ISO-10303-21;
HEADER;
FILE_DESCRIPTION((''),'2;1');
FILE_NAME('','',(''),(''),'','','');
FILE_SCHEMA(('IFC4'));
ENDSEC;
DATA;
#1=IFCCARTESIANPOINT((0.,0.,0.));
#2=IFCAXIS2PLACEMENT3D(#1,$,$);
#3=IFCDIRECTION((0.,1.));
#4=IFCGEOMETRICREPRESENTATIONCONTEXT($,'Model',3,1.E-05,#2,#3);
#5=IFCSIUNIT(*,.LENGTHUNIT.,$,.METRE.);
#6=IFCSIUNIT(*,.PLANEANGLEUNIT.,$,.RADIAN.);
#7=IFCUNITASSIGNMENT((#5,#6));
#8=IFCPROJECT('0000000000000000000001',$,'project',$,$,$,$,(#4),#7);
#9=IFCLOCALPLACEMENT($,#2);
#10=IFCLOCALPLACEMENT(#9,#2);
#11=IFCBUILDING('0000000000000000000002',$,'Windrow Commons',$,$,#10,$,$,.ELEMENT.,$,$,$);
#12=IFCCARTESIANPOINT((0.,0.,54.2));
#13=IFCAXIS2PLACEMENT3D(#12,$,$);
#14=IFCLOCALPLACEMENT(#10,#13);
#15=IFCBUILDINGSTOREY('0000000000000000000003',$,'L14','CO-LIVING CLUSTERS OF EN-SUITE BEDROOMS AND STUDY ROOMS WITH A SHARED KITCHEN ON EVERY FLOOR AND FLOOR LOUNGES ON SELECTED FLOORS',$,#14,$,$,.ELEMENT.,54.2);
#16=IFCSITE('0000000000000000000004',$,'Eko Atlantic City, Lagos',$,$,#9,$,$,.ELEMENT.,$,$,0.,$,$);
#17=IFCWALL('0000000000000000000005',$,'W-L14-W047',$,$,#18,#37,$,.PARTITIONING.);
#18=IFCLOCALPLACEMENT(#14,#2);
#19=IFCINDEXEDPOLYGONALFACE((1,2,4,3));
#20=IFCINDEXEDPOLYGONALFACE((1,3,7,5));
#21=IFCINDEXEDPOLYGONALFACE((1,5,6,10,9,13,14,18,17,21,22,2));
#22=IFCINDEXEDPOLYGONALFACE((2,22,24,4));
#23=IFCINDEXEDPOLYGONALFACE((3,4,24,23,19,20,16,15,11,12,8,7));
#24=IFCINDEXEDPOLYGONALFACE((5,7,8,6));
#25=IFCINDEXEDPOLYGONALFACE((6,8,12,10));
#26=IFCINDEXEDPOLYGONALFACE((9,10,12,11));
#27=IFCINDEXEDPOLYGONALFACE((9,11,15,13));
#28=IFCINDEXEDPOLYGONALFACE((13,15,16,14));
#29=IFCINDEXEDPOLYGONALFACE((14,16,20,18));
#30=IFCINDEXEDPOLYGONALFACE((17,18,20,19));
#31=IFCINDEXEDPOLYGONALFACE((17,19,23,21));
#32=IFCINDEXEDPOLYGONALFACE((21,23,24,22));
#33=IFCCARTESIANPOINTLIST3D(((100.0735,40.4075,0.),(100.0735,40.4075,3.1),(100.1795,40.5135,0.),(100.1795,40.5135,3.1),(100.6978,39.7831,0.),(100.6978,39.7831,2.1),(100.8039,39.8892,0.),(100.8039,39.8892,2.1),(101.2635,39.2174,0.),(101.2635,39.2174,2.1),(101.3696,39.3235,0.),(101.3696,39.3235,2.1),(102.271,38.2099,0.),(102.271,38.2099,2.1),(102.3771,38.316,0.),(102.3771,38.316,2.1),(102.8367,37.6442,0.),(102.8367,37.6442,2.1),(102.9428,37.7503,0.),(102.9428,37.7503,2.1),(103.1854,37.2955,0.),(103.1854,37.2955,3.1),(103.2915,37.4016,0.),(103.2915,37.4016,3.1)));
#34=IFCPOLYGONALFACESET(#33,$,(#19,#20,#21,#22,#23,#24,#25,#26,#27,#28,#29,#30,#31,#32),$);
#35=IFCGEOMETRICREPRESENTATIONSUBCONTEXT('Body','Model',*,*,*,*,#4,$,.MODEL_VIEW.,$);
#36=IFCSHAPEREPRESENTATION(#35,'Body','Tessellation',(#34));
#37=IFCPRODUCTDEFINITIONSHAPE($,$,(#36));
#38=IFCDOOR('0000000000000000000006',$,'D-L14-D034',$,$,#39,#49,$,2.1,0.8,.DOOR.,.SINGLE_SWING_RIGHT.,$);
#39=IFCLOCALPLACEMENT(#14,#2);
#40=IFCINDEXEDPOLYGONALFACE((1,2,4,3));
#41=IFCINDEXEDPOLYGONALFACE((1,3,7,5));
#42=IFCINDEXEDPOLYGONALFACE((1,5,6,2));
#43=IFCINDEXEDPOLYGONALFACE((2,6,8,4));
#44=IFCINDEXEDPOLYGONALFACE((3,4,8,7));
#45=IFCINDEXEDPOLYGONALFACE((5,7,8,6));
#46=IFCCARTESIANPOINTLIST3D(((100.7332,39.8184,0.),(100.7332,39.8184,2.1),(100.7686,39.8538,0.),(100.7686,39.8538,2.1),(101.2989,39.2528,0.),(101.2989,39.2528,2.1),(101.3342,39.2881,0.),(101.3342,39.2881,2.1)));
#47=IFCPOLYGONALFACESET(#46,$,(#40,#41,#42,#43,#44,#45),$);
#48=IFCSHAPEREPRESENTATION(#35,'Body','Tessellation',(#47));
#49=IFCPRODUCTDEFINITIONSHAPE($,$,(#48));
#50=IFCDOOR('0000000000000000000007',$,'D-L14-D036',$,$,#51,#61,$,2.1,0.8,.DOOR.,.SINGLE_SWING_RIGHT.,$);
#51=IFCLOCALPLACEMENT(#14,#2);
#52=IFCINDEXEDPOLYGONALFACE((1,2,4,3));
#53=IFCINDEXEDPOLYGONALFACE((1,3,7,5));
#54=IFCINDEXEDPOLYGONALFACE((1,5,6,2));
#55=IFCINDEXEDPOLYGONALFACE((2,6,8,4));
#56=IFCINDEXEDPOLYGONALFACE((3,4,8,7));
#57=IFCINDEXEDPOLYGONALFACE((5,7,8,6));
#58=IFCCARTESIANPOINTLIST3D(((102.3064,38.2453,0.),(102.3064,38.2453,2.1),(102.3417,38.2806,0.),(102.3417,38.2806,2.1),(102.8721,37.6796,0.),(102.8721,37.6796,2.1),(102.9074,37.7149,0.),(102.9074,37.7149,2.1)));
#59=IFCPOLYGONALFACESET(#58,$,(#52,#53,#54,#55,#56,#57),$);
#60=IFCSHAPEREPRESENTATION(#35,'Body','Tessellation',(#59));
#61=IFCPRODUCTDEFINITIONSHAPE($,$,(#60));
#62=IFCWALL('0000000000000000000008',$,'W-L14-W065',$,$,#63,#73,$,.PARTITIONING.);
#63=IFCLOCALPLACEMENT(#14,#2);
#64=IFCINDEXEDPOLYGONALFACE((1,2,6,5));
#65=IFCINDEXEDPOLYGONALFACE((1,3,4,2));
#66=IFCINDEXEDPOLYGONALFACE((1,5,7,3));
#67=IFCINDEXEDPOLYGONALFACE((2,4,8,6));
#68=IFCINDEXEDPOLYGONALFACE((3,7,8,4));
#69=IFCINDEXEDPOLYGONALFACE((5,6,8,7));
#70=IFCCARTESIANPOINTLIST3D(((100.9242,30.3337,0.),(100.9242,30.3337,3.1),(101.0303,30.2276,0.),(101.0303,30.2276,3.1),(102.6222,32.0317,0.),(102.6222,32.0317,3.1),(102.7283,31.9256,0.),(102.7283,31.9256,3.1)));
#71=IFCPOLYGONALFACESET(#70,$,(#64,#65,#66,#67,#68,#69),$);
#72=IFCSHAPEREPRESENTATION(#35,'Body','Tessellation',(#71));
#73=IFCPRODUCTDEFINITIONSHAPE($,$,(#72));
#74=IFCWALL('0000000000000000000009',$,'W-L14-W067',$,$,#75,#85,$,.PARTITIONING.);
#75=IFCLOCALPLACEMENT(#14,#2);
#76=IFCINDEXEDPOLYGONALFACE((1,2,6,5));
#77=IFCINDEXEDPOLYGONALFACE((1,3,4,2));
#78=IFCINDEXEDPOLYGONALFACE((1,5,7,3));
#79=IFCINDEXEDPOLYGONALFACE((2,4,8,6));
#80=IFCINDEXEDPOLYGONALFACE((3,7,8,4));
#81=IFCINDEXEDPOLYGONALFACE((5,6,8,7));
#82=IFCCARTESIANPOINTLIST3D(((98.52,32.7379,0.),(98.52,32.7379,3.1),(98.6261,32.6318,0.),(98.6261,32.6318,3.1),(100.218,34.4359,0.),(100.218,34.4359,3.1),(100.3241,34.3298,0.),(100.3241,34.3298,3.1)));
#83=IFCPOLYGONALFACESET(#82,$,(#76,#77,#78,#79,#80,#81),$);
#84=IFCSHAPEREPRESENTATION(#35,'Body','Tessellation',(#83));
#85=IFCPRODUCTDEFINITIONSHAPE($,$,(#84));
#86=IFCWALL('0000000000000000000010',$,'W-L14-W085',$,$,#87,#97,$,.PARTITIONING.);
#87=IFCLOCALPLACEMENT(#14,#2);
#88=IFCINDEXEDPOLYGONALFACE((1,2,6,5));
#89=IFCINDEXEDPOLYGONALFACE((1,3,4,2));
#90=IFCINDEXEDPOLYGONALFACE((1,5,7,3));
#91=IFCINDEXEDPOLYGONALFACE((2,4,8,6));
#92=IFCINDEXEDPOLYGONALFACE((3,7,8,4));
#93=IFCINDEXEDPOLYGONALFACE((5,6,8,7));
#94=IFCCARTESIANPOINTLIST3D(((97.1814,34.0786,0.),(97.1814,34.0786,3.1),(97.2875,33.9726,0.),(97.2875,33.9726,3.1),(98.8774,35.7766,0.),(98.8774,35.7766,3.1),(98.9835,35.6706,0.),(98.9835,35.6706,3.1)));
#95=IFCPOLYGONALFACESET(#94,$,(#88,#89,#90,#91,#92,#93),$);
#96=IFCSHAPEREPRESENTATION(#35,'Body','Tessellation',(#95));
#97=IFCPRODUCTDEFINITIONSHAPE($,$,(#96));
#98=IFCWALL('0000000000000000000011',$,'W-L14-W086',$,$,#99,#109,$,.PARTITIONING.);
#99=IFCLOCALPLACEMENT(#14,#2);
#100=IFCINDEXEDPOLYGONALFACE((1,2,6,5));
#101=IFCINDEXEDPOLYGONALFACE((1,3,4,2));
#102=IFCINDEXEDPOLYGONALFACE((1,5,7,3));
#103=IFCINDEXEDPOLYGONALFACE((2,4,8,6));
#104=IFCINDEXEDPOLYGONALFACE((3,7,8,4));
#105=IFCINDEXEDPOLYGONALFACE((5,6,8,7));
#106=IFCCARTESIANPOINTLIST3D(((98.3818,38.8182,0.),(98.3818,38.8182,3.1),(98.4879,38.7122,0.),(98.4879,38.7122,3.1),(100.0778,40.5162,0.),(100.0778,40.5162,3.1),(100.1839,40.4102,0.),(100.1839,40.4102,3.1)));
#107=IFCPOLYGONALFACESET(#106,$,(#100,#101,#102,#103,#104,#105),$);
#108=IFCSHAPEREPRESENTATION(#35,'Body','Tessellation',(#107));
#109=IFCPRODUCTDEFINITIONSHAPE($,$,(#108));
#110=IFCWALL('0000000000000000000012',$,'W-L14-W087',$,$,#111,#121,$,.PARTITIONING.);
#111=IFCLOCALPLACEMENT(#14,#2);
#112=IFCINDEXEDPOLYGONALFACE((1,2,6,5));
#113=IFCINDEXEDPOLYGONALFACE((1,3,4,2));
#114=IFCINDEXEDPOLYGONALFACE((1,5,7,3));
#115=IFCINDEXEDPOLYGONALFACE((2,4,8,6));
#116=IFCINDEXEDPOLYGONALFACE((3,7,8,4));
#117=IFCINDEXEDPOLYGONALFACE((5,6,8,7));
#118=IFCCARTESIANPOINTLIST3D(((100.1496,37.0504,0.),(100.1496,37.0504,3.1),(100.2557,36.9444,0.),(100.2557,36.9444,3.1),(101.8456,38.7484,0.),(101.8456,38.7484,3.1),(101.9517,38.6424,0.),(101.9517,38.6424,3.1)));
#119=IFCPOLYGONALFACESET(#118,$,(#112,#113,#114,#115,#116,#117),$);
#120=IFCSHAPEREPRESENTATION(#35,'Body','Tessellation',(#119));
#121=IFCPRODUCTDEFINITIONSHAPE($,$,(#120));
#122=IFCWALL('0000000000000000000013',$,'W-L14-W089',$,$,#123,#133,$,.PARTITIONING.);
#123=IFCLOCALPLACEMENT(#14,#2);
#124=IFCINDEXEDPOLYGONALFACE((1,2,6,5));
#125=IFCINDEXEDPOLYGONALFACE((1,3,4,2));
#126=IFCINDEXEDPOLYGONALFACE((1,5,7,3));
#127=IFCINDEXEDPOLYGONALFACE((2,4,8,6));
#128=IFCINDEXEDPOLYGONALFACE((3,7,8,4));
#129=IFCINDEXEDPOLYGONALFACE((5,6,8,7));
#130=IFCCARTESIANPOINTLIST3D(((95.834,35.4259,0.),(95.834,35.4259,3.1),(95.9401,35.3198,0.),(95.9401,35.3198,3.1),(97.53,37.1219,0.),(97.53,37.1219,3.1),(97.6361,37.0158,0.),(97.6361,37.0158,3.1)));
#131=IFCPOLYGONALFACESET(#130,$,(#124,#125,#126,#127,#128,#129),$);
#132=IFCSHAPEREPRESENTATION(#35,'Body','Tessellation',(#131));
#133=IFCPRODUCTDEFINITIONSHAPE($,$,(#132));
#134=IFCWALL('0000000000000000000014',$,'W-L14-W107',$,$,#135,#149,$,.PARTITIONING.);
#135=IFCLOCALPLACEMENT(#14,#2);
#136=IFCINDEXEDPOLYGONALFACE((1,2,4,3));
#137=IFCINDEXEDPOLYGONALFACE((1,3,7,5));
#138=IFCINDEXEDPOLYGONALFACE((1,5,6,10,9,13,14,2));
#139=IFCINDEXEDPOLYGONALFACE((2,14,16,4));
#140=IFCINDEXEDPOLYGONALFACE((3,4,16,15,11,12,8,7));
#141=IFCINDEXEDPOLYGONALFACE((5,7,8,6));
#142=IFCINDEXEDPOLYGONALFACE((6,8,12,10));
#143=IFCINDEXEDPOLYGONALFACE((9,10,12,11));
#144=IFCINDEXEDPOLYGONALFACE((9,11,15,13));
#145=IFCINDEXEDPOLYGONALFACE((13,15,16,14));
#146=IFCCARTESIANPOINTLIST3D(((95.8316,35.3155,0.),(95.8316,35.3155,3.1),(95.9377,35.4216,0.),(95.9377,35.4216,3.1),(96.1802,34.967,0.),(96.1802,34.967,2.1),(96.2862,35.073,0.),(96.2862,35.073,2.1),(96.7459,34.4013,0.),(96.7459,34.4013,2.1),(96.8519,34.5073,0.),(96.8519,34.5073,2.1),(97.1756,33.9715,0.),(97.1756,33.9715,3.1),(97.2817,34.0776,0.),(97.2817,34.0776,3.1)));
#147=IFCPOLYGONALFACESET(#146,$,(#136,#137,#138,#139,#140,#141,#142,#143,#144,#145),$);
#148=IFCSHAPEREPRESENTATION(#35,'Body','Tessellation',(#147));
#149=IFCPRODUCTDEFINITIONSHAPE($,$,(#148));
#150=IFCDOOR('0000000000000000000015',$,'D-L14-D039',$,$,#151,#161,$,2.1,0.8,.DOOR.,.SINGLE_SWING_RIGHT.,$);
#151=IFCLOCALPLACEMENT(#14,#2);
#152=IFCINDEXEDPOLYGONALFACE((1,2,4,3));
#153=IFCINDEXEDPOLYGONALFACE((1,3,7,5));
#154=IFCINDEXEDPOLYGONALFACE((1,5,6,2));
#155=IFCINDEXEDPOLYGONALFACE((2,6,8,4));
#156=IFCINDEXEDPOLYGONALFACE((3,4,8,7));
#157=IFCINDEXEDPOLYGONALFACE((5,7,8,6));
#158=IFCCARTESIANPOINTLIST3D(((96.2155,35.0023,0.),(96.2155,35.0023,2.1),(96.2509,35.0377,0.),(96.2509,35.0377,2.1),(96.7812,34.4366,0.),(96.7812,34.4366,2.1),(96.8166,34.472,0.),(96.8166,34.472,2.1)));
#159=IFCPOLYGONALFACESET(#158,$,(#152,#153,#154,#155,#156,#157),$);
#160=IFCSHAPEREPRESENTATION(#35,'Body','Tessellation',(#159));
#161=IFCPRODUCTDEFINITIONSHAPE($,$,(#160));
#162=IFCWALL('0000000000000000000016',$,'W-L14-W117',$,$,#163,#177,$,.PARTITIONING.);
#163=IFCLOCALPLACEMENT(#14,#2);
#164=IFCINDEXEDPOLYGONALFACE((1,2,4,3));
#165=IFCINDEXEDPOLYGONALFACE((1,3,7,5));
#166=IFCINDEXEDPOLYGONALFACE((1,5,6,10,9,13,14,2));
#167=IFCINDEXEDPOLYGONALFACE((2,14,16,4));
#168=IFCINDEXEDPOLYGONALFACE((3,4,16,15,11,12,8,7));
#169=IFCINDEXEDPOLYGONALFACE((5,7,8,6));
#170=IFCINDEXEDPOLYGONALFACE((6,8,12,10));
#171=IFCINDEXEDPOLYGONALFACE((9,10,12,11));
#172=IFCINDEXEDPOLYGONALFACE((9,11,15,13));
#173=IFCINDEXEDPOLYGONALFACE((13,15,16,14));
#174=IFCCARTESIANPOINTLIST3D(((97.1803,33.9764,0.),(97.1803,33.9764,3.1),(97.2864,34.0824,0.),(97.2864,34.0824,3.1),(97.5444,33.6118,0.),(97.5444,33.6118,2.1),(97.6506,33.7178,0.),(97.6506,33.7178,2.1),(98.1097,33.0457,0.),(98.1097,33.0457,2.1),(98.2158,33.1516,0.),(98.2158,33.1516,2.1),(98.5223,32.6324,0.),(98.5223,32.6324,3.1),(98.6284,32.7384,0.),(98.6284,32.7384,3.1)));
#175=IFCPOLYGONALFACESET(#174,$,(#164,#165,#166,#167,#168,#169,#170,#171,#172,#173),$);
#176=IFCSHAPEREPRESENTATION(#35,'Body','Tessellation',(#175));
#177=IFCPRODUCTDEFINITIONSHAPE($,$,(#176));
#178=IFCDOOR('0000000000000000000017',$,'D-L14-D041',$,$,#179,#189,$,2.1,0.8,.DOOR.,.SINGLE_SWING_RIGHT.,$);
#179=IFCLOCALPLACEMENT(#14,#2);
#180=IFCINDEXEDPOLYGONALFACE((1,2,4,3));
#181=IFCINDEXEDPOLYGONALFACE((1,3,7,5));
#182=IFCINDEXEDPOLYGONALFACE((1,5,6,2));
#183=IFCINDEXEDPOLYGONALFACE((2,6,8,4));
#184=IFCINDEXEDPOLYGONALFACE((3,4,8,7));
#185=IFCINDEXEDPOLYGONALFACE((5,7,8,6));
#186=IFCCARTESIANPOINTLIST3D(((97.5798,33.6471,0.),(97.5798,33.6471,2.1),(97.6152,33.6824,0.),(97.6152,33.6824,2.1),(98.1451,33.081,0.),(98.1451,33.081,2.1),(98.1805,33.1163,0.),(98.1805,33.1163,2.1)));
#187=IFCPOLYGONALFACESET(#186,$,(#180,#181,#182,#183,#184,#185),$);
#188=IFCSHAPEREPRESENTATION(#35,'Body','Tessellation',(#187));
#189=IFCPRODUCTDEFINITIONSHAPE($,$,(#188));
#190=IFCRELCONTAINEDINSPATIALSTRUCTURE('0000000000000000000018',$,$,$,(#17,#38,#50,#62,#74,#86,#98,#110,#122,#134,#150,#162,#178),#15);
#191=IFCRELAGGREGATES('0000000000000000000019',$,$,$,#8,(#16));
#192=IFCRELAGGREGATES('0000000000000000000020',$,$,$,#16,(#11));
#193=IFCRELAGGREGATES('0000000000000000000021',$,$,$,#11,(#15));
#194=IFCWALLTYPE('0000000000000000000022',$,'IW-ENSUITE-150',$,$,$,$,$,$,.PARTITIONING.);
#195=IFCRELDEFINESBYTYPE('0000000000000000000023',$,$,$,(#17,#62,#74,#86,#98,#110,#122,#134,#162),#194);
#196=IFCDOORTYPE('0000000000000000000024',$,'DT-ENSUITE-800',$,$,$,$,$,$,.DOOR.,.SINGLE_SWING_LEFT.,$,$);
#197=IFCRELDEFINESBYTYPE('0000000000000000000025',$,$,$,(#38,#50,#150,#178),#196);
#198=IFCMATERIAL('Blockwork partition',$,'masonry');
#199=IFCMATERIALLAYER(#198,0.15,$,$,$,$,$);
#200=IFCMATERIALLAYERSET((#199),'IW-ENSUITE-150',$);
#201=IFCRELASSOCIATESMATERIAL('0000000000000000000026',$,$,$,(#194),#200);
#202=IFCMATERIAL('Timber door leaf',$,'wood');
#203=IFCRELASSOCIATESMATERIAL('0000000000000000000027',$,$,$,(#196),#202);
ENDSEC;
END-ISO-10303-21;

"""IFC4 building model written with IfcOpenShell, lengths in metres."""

from ifc_helpers import new_model, si_unit, direction, frame, frame_2d, origin, place, context, subcontext, project, spatial, rectangle, extrude, material, layer, layer_set, type_object, element, fill, save


model = new_model("IFC4")

# Units and contexts
model_context = context("Model", 3, precision=1e-05, world=origin(), true_north=direction((0.0, 1.0)))
body_context = subcontext(model_context, "Body", "Model", "MODEL_VIEW")
ifc_project = project(units=[si_unit("LENGTHUNIT", "METRE"), si_unit("PLANEANGLEUNIT", "RADIAN")], contexts=[model_context])

# Site, building, storey
site_placement = place(None, origin())
site = spatial("IfcSite", under=ifc_project, at=site_placement, Name="Eko Atlantic City, Lagos", CompositionType="ELEMENT", RefElevation=0.0)
building_placement = place(site_placement, origin())
building = spatial("IfcBuilding", under=site, at=building_placement, Name="Windrow Commons", CompositionType="ELEMENT")
storey_placement = place(building_placement, frame((0.0, 0.0, 54.2)))
storey = spatial("IfcBuildingStorey", under=building, at=storey_placement, Name="L14", Description="CO-LIVING CLUSTERS OF EN-SUITE BEDROOMS AND STUDY ROOMS WITH A SHARED KITCHEN ON EVERY FLOOR AND FLOOR LOUNGES ON SELECTED FLOORS", CompositionType="ELEMENT", Elevation=54.2)

# Wall, openings, doors
ifc_material_1 = material(Name="Blockwork partition", Category="masonry")
ifc_layer_1 = layer(ifc_material_1, 0.15)
ifc_layer_set_1 = layer_set([ifc_layer_1], Name="IW-ENSUITE-150")
wall_type_1 = type_object("IfcWallType", Name="IW-ENSUITE-150", PredefinedType="PARTITIONING", material=ifc_layer_set_1)
wall_1_placement = place(storey_placement, frame((100.1265, 40.4605, 0.0), z_axis=(0.0, 0.0, 1.0), x_axis=(0.707107, -0.707107, 0.0)))
wall_1 = element("IfcWall", 1, at=wall_1_placement, inside=storey, type_object=wall_type_1, Name="W-L14-W047", PredefinedType="PARTITIONING", context=body_context, shape_type="SweptSolid", body=[
    extrude(rectangle(XDim=4.401, YDim=0.15, at=frame_2d((2.2005, 0.0))), origin(), (0.0, 0.0, 1.0), 3.1),
])
opening_1_placement = place(wall_1_placement, frame((0.883, 0.0, 0.0)))
opening_1 = element("IfcOpeningElement", 2, at=opening_1_placement, cuts=wall_1, PredefinedType="OPENING", context=body_context, shape_type="SweptSolid", body=[
    extrude(rectangle(XDim=0.8, YDim=2.1, at=frame_2d((0.4, 1.05))), frame((0.0, 0.085, 0.0), z_axis=(0.0, -1.0, 0.0), x_axis=(1.0, 0.0, 0.0)), (0.0, 0.0, 1.0), 0.17),
])
opening_2_placement = place(wall_1_placement, frame((3.1078, 0.0, 0.0)))
opening_2 = element("IfcOpeningElement", 3, at=opening_2_placement, cuts=wall_1, PredefinedType="OPENING", context=body_context, shape_type="SweptSolid", body=[
    extrude(rectangle(XDim=0.8, YDim=2.1, at=frame_2d((0.4, 1.05))), frame((0.0, 0.085, 0.0), z_axis=(0.0, -1.0, 0.0), x_axis=(1.0, 0.0, 0.0)), (0.0, 0.0, 1.0), 0.17),
])
ifc_material_2 = material(Name="Timber door leaf", Category="wood")
door_type_1 = type_object("IfcDoorType", Name="DT-ENSUITE-800", OperationType="SINGLE_SWING_LEFT", PredefinedType="DOOR", material=ifc_material_2)
door_1_placement = place(opening_1_placement, origin())
door_1 = element("IfcDoor", 4, at=door_1_placement, inside=storey, type_object=door_type_1, Name="D-L14-D034", OperationType="SINGLE_SWING_RIGHT", OverallHeight=2.1, OverallWidth=0.8, PredefinedType="DOOR", context=body_context, shape_type="SweptSolid", body=[
    extrude(rectangle(XDim=0.8, YDim=2.1, at=frame_2d((0.4, 1.05))), frame((0.0, 0.025, 0.0), z_axis=(0.0, -1.0, 0.0), x_axis=(1.0, 0.0, 0.0)), (0.0, 0.0, 1.0), 0.05),
])
fill(opening_1, door_1)
door_2_placement = place(opening_2_placement, origin())
door_2 = element("IfcDoor", 5, at=door_2_placement, inside=storey, type_object=door_type_1, Name="D-L14-D036", OperationType="SINGLE_SWING_RIGHT", OverallHeight=2.1, OverallWidth=0.8, PredefinedType="DOOR", context=body_context, shape_type="SweptSolid", body=[
    extrude(rectangle(XDim=0.8, YDim=2.1, at=frame_2d((0.4, 1.05))), frame((0.0, 0.025, 0.0), z_axis=(0.0, -1.0, 0.0), x_axis=(1.0, 0.0, 0.0)), (0.0, 0.0, 1.0), 0.05),
])
fill(opening_2, door_2)

# Walls
for number, where, z_axis, x_axis, name in (
    (6, (100.9773, 30.2807, 0.0), (0.0, 0.0, 1.0), (0.707107, 0.707107, 0.0), "W-L14-W065"),
    (7, (98.5731, 32.6849, 0.0), (0.0, 0.0, 1.0), (0.707107, 0.707107, 0.0), "W-L14-W067"),
):
    element("IfcWall", number, at=place(storey_placement, frame(where, z_axis=z_axis, x_axis=x_axis)), inside=storey, type_object=wall_type_1, Name=name, PredefinedType="PARTITIONING", context=body_context, shape_type="SweptSolid", body=[
        extrude(rectangle(XDim=2.4013, YDim=0.15, at=frame_2d((1.2006, 0.0))), origin(), (0.0, 0.0, 1.0), 3.1),
    ])
for number, where, z_axis, x_axis, name in (
    (8, (97.2344, 34.0256, 0.0), (0.0, 0.0, 1.0), (0.70669, 0.707523, 0.0), "W-L14-W085"),
    (9, (98.4348, 38.7652, 0.0), (0.0, 0.0, 1.0), (0.70669, 0.707523, 0.0), "W-L14-W086"),
    (10, (100.2026, 36.9974, 0.0), (0.0, 0.0, 1.0), (0.70669, 0.707523, 0.0), "W-L14-W087"),
):
    element("IfcWall", number, at=place(storey_placement, frame(where, z_axis=z_axis, x_axis=x_axis)), inside=storey, type_object=wall_type_1, Name=name, PredefinedType="PARTITIONING", context=body_context, shape_type="SweptSolid", body=[
        extrude(rectangle(XDim=2.3999, YDim=0.15, at=frame_2d((1.2, 0.0))), origin(), (0.0, 0.0, 1.0), 3.1),
    ])
wall_2_placement = place(storey_placement, frame((95.8871, 35.3729, 0.0), z_axis=(0.0, 0.0, 1.0), x_axis=(0.707107, 0.707107, 0.0)))
element("IfcWall", 11, at=wall_2_placement, inside=storey, type_object=wall_type_1, Name="W-L14-W089", PredefinedType="PARTITIONING", context=body_context, shape_type="SweptSolid", body=[
    extrude(rectangle(XDim=2.3985, YDim=0.15, at=frame_2d((1.1992, 0.0))), origin(), (0.0, 0.0, 1.0), 3.1),
])

# Walls, openings, doors
wall_3_placement = place(storey_placement, frame((95.8846, 35.3686, 0.0), z_axis=(0.0, 0.0, 1.0), x_axis=(0.707107, -0.707107, 0.0)))
wall_3 = element("IfcWall", 12, at=wall_3_placement, inside=storey, type_object=wall_type_1, Name="W-L14-W107", PredefinedType="PARTITIONING", context=body_context, shape_type="SweptSolid", body=[
    extrude(rectangle(XDim=1.9007, YDim=0.15, at=frame_2d((0.9504, 0.0))), origin(), (0.0, 0.0, 1.0), 3.1),
])
opening_3_placement = place(wall_3_placement, frame((0.493, 0.0, 0.0)))
opening_3 = element("IfcOpeningElement", 13, at=opening_3_placement, cuts=wall_3, PredefinedType="OPENING", context=body_context, shape_type="SweptSolid", body=[
    extrude(rectangle(XDim=0.8, YDim=2.1, at=frame_2d((0.4, 1.05))), frame((0.0, 0.085, 0.0), z_axis=(0.0, -1.0, 0.0), x_axis=(1.0, 0.0, 0.0)), (0.0, 0.0, 1.0), 0.17),
])
door_3_placement = place(opening_3_placement, origin())
door_3 = element("IfcDoor", 14, at=door_3_placement, inside=storey, type_object=door_type_1, Name="D-L14-D039", OperationType="SINGLE_SWING_RIGHT", OverallHeight=2.1, OverallWidth=0.8, PredefinedType="DOOR", context=body_context, shape_type="SweptSolid", body=[
    extrude(rectangle(XDim=0.8, YDim=2.1, at=frame_2d((0.4, 1.05))), frame((0.0, 0.025, 0.0), z_axis=(0.0, -1.0, 0.0), x_axis=(1.0, 0.0, 0.0)), (0.0, 0.0, 1.0), 0.05),
])
fill(opening_3, door_3)
wall_4_placement = place(storey_placement, frame((97.2334, 34.0294, 0.0), z_axis=(0.0, 0.0, 1.0), x_axis=(0.70658, -0.707633, 0.0)))
wall_4 = element("IfcWall", 15, at=wall_4_placement, inside=storey, type_object=wall_type_1, Name="W-L14-W117", PredefinedType="PARTITIONING", context=body_context, shape_type="SweptSolid", body=[
    extrude(rectangle(XDim=1.8993, YDim=0.15, at=frame_2d((0.9496, 0.0))), origin(), (0.0, 0.0, 1.0), 3.1),
])
opening_4_placement = place(wall_4_placement, frame((0.5153, 0.0, 0.0)))
opening_4 = element("IfcOpeningElement", 16, at=opening_4_placement, cuts=wall_4, PredefinedType="OPENING", context=body_context, shape_type="SweptSolid", body=[
    extrude(rectangle(XDim=0.8, YDim=2.1, at=frame_2d((0.4, 1.05))), frame((0.0, 0.085, 0.0), z_axis=(0.0, -1.0, 0.0), x_axis=(1.0, 0.0, 0.0)), (0.0, 0.0, 1.0), 0.17),
])
door_4_placement = place(opening_4_placement, origin())
door_4 = element("IfcDoor", 17, at=door_4_placement, inside=storey, type_object=door_type_1, Name="D-L14-D041", OperationType="SINGLE_SWING_RIGHT", OverallHeight=2.1, OverallWidth=0.8, PredefinedType="DOOR", context=body_context, shape_type="SweptSolid", body=[
    extrude(rectangle(XDim=0.8, YDim=2.1, at=frame_2d((0.4, 1.05))), frame((0.0, 0.025, 0.0), z_axis=(0.0, -1.0, 0.0), x_axis=(1.0, 0.0, 0.0)), (0.0, 0.0, 1.0), 0.05),
])
fill(opening_4, door_4)

save(model, "model.ifc")
